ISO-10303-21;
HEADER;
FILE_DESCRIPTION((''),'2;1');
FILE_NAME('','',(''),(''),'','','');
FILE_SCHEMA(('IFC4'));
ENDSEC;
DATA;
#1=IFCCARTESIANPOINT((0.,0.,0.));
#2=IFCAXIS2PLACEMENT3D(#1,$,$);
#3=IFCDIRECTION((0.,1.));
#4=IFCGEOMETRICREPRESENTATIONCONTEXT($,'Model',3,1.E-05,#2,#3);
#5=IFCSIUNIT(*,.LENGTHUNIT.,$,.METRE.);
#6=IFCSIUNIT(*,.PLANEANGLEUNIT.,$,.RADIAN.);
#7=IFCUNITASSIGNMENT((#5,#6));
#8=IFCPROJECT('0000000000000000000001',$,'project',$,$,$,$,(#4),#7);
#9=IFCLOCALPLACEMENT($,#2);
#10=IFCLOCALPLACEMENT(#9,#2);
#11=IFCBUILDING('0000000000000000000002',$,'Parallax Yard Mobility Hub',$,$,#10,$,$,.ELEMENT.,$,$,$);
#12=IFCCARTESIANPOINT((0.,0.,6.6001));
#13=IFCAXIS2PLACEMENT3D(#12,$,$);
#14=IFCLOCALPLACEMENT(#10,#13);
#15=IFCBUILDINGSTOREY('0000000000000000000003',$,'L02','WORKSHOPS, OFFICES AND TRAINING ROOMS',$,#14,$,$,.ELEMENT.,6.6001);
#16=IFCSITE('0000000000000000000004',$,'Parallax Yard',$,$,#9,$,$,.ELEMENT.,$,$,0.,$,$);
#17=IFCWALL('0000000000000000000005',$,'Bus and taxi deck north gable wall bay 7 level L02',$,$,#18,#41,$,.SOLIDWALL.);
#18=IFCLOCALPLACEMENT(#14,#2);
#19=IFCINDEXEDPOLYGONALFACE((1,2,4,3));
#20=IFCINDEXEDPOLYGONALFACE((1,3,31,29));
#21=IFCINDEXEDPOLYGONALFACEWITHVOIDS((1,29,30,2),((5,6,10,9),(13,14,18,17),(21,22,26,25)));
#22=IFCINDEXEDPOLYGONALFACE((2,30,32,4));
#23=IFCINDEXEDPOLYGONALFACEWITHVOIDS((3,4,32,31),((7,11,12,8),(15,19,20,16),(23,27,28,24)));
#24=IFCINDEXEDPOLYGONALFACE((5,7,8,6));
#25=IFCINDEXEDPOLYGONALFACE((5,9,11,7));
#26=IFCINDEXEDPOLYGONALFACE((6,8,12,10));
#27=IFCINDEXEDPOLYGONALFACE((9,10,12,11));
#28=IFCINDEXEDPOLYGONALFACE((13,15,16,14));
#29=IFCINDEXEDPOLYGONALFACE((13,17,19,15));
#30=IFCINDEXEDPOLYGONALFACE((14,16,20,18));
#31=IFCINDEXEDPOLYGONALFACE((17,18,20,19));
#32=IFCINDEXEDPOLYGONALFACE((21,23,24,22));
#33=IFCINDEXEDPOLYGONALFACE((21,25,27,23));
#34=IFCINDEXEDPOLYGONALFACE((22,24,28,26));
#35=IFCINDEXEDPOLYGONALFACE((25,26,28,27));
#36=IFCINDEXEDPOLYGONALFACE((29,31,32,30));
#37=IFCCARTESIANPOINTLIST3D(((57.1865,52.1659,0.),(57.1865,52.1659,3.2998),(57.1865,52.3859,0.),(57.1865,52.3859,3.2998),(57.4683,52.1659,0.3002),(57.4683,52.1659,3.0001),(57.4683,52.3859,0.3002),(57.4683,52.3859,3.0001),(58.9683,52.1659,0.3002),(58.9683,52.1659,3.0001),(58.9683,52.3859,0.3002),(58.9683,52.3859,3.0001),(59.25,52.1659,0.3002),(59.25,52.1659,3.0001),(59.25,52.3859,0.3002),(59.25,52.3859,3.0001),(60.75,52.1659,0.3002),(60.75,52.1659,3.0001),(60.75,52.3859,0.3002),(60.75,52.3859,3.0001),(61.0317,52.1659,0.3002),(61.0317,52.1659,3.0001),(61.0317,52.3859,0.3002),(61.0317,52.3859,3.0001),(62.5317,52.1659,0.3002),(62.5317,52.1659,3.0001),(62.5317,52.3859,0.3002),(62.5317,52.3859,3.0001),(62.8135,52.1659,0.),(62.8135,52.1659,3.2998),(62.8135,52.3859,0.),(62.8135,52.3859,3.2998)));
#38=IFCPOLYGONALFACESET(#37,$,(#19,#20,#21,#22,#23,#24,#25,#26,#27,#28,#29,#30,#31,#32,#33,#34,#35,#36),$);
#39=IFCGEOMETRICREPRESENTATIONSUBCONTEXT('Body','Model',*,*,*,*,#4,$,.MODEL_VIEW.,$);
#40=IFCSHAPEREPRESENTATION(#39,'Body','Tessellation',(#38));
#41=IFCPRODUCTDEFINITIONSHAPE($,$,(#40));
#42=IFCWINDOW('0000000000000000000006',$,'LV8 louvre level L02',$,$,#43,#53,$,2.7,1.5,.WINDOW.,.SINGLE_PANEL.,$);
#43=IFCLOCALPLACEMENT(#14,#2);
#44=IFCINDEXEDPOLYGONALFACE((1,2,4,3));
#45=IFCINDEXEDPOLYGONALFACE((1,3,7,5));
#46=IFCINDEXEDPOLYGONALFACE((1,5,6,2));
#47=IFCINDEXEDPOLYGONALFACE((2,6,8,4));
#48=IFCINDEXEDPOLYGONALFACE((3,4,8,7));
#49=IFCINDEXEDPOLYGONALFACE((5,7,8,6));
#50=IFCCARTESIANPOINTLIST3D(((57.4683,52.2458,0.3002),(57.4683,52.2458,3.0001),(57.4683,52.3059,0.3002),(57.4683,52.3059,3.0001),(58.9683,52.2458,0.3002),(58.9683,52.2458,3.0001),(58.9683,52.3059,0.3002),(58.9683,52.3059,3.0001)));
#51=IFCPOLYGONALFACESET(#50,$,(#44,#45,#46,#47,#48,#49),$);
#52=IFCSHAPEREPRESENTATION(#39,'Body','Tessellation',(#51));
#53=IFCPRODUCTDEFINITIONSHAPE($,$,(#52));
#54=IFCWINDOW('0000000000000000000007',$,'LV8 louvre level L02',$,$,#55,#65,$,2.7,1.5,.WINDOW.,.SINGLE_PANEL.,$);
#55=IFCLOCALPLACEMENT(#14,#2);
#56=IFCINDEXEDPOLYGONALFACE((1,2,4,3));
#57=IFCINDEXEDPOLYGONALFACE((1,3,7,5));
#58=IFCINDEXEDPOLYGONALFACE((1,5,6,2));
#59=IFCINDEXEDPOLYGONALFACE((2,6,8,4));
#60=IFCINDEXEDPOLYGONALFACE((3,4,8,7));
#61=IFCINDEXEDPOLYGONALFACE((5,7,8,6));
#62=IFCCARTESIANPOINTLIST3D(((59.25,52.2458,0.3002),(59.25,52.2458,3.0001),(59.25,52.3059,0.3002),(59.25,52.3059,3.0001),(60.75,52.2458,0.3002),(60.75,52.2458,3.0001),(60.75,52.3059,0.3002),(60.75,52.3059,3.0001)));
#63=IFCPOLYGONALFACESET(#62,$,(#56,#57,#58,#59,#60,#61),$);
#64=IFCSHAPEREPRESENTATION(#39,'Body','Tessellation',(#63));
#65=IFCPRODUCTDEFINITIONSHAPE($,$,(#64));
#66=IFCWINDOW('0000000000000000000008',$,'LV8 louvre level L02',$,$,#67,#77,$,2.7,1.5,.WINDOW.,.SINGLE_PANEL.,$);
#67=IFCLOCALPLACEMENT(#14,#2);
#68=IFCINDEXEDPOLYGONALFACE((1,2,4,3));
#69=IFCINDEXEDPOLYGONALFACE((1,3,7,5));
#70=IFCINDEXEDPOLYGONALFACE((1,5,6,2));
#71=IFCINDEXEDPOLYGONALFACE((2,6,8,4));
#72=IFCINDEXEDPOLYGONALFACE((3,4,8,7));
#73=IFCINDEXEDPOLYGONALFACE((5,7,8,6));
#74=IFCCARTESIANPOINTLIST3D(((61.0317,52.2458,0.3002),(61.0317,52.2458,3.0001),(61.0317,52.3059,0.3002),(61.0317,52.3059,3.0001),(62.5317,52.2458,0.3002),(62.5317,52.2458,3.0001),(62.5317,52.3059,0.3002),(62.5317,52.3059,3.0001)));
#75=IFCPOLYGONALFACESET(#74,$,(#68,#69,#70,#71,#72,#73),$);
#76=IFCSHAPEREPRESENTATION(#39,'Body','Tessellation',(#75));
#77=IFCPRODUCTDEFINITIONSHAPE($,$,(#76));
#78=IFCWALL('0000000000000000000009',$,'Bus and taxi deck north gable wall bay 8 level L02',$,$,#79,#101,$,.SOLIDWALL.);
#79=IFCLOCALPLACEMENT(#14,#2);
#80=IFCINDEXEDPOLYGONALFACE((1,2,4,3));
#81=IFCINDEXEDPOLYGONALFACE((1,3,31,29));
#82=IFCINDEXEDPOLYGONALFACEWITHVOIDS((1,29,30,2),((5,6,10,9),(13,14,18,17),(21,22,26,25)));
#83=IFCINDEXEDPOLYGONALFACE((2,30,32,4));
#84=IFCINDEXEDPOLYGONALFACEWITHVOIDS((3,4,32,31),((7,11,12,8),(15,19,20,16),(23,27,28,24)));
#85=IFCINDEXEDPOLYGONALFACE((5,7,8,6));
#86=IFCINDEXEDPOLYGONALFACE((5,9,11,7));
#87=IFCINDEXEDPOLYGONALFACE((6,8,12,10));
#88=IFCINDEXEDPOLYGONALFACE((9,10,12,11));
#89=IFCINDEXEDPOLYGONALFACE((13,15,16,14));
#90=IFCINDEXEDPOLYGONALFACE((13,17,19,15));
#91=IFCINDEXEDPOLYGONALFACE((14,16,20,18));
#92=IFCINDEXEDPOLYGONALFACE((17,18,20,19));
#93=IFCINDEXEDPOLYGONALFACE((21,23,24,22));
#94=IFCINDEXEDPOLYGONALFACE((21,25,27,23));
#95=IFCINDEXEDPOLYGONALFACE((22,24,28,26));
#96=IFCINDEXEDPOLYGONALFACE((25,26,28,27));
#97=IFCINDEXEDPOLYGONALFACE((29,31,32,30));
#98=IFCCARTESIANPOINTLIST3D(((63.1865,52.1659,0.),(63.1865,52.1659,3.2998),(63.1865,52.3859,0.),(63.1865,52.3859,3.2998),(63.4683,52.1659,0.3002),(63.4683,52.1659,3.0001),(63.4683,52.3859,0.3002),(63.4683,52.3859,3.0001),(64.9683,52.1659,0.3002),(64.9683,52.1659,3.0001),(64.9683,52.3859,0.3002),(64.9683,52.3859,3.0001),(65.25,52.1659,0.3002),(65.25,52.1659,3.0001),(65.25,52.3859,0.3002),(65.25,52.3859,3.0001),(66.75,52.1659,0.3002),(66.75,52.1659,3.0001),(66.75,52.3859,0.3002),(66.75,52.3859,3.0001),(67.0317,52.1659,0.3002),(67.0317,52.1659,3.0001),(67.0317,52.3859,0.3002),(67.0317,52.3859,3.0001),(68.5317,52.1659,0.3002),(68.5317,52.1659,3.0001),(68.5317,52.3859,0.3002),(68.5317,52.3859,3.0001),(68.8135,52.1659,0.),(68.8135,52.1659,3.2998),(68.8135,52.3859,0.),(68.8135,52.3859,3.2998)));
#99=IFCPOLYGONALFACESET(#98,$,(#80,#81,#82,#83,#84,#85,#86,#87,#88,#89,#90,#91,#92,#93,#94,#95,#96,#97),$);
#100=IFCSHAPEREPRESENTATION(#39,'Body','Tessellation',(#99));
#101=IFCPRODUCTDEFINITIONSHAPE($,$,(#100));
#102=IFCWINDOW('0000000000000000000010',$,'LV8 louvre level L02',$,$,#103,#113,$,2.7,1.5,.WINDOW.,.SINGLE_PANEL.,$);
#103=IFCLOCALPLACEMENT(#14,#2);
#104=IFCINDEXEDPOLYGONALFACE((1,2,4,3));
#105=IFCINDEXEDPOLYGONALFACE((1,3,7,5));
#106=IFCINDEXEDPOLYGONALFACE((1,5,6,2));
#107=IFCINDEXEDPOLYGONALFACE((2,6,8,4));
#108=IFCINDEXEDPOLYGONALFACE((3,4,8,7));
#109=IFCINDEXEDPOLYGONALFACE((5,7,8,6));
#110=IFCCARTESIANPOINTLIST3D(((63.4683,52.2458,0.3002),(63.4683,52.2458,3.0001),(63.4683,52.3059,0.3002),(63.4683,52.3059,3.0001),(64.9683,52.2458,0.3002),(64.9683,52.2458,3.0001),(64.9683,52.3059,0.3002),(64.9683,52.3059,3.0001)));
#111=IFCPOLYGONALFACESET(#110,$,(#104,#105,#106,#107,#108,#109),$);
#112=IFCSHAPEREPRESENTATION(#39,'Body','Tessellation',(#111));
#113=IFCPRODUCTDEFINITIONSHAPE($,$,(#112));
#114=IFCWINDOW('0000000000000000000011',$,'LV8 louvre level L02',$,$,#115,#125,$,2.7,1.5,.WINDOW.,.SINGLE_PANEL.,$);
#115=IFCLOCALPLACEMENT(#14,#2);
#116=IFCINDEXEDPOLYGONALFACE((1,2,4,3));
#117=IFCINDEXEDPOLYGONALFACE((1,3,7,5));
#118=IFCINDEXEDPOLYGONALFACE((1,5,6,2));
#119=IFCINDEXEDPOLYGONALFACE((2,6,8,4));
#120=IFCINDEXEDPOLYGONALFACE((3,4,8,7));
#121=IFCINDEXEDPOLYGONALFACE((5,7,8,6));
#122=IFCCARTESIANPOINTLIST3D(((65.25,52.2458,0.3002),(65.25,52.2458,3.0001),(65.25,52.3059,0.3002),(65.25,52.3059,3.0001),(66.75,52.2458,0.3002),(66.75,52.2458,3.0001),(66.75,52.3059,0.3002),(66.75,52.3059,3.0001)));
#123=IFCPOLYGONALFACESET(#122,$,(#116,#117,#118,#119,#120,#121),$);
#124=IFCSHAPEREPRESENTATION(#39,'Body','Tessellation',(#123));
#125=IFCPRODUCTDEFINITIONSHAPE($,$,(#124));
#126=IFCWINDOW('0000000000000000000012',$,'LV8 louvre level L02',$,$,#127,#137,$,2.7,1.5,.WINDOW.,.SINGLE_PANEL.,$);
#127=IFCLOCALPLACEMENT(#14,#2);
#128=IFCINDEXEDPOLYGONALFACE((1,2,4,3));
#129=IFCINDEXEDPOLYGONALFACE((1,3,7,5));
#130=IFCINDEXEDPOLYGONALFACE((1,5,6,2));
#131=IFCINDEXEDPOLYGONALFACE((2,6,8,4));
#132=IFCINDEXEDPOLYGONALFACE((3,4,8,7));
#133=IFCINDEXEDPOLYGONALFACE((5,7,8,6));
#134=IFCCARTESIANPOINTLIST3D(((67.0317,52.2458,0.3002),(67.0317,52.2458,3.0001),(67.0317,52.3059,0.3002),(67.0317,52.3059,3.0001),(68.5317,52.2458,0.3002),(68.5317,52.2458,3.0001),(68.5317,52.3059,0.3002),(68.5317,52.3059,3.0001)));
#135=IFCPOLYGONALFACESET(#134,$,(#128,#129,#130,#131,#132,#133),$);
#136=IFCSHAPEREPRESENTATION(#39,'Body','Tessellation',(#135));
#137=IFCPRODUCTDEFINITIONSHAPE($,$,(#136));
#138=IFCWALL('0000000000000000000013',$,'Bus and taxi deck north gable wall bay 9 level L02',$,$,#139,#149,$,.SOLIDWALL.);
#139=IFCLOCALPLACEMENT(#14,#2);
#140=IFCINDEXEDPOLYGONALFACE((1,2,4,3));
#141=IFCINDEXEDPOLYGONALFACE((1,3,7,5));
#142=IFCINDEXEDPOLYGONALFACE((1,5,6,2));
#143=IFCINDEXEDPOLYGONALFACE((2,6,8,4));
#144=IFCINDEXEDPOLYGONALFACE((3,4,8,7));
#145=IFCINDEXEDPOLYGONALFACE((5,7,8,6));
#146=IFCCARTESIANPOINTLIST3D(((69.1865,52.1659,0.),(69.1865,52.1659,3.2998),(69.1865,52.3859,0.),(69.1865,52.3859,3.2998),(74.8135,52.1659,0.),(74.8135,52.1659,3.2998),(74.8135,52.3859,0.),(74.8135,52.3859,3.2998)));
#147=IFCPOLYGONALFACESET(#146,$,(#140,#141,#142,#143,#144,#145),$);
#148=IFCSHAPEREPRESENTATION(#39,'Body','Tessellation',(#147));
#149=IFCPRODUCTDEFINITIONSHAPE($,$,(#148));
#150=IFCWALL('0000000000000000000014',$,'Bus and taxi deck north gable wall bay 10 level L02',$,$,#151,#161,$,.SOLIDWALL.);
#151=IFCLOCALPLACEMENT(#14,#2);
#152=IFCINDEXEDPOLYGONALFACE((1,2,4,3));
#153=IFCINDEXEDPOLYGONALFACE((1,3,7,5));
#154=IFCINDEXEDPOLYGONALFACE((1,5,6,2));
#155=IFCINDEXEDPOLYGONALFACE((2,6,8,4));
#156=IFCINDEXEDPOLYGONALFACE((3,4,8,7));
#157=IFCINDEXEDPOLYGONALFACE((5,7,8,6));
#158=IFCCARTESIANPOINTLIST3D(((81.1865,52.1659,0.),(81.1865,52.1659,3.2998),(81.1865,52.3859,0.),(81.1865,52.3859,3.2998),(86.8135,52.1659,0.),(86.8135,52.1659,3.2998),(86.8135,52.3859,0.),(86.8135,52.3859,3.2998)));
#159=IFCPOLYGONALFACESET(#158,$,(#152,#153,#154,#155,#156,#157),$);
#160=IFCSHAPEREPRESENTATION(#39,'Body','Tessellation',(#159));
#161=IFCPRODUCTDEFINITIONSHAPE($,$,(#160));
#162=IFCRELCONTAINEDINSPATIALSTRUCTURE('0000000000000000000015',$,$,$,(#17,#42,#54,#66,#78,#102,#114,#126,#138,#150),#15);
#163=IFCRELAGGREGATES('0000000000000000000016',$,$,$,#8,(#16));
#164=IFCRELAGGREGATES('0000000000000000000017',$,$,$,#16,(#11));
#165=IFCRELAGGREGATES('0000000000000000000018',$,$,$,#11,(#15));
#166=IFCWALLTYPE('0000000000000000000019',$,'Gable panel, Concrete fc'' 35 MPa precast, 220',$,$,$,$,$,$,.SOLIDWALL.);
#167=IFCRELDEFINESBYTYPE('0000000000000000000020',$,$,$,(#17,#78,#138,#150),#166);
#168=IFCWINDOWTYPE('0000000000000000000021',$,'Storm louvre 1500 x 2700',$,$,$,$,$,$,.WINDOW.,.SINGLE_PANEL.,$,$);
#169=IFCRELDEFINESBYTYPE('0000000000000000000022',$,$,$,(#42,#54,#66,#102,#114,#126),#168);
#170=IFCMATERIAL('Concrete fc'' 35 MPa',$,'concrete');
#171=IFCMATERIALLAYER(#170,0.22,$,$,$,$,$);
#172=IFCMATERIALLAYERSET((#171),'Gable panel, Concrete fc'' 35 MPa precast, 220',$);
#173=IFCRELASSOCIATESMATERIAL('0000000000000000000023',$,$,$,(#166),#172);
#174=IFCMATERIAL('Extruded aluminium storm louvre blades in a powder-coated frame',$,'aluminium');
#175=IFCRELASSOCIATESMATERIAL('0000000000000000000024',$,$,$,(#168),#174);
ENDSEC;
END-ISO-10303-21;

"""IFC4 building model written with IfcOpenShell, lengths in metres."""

from ifc_helpers import new_model, si_unit, direction, frame, frame_2d, origin, place, context, subcontext, project, spatial, rectangle, extrude, material, layer, layer_set, type_object, element, fill, save


model = new_model("IFC4")

# Units and contexts
model_context = context("Model", 3, precision=1e-05, world=origin(), true_north=direction((0.0, 1.0)))
body_context = subcontext(model_context, "Body", "Model", "MODEL_VIEW")
ifc_project = project(units=[si_unit("LENGTHUNIT", "METRE"), si_unit("PLANEANGLEUNIT", "RADIAN")], contexts=[model_context])

# Site, building, storey
site_placement = place(None, origin())
site = spatial("IfcSite", under=ifc_project, at=site_placement, Name="Parallax Yard", CompositionType="ELEMENT", RefElevation=0.0)
building_placement = place(site_placement, origin())
building = spatial("IfcBuilding", under=site, at=building_placement, Name="Parallax Yard Mobility Hub", CompositionType="ELEMENT")
storey_placement = place(building_placement, frame((0.0, 0.0, 6.6001)))
storey = spatial("IfcBuildingStorey", under=building, at=storey_placement, Name="L02", Description="WORKSHOPS, OFFICES AND TRAINING ROOMS", CompositionType="ELEMENT", Elevation=6.6001)

# Walls, openings, windows
ifc_material_1 = material(Name="Concrete fc' 35 MPa", Category="concrete")
ifc_layer_1 = layer(ifc_material_1, 0.22)
ifc_layer_set_1 = layer_set([ifc_layer_1], Name="Gable panel, Concrete fc' 35 MPa precast, 220")
wall_type = type_object("IfcWallType", Name="Gable panel, Concrete fc' 35 MPa precast, 220", PredefinedType="SOLIDWALL", material=ifc_layer_set_1)
wall_1_placement = place(storey_placement, frame((57.1865, 52.2759, 0.0), z_axis=(0.0, 0.0, 1.0), x_axis=(1.0, 0.0, 0.0)))
wall_1 = element("IfcWall", 1, at=wall_1_placement, inside=storey, type_object=wall_type, Name="Bus and taxi deck north gable wall bay 7 level L02", PredefinedType="SOLIDWALL", context=body_context, shape_type="SweptSolid", body=[
    extrude(rectangle(XDim=5.627, YDim=0.22, at=frame_2d((2.8135, 0.0))), origin(), (0.0, 0.0, 1.0), 3.2998),
])
opening_1_placement = place(wall_1_placement, frame((0.2817, 0.0, 0.3)))
opening_1 = element("IfcOpeningElement", 2, at=opening_1_placement, cuts=wall_1, PredefinedType="OPENING", context=body_context, shape_type="SweptSolid", body=[
    extrude(rectangle(XDim=1.5, YDim=2.7, at=frame_2d((0.75, 1.3501))), frame((0.0, 0.1201, 0.0), z_axis=(0.0, -1.0, 0.0), x_axis=(1.0, 0.0, 0.0)), (0.0, 0.0, 1.0), 0.24),
])
opening_2_placement = place(wall_1_placement, frame((2.0635, 0.0, 0.3)))
opening_2 = element("IfcOpeningElement", 3, at=opening_2_placement, cuts=wall_1, PredefinedType="OPENING", context=body_context, shape_type="SweptSolid", body=[
    extrude(rectangle(XDim=1.5, YDim=2.7, at=frame_2d((0.75, 1.3501))), frame((0.0, 0.1201, 0.0), z_axis=(0.0, -1.0, 0.0), x_axis=(1.0, 0.0, 0.0)), (0.0, 0.0, 1.0), 0.24),
])
opening_3_placement = place(wall_1_placement, frame((3.8452, 0.0, 0.3)))
opening_3 = element("IfcOpeningElement", 4, at=opening_3_placement, cuts=wall_1, PredefinedType="OPENING", context=body_context, shape_type="SweptSolid", body=[
    extrude(rectangle(XDim=1.5, YDim=2.7, at=frame_2d((0.75, 1.3501))), frame((0.0, 0.1201, 0.0), z_axis=(0.0, -1.0, 0.0), x_axis=(1.0, 0.0, 0.0)), (0.0, 0.0, 1.0), 0.24),
])
ifc_material_2 = material(Name="Extruded aluminium storm louvre blades in a powder-coated frame", Category="aluminium")
window_type = type_object("IfcWindowType", Name="Storm louvre 1500 x 2700", PartitioningType="SINGLE_PANEL", PredefinedType="WINDOW", material=ifc_material_2)
window_1_placement = place(opening_1_placement, origin())
window_1 = element("IfcWindow", 5, at=window_1_placement, inside=storey, type_object=window_type, Name="LV8 louvre level L02", OverallHeight=2.7, OverallWidth=1.5, PartitioningType="SINGLE_PANEL", PredefinedType="WINDOW", context=body_context, shape_type="SweptSolid", body=[
    extrude(rectangle(XDim=1.5, YDim=2.7, at=frame_2d((0.75, 1.3501))), frame((0.0, 0.03, 0.0), z_axis=(0.0, -1.0, 0.0), x_axis=(1.0, 0.0, 0.0)), (0.0, 0.0, 1.0), 0.0601),
])
fill(opening_1, window_1)
window_2_placement = place(opening_2_placement, origin())
window_2 = element("IfcWindow", 6, at=window_2_placement, inside=storey, type_object=window_type, Name="LV8 louvre level L02", OverallHeight=2.7, OverallWidth=1.5, PartitioningType="SINGLE_PANEL", PredefinedType="WINDOW", context=body_context, shape_type="SweptSolid", body=[
    extrude(rectangle(XDim=1.5, YDim=2.7, at=frame_2d((0.75, 1.3501))), frame((0.0, 0.03, 0.0), z_axis=(0.0, -1.0, 0.0), x_axis=(1.0, 0.0, 0.0)), (0.0, 0.0, 1.0), 0.0601),
])
fill(opening_2, window_2)
window_3_placement = place(opening_3_placement, origin())
window_3 = element("IfcWindow", 7, at=window_3_placement, inside=storey, type_object=window_type, Name="LV8 louvre level L02", OverallHeight=2.7, OverallWidth=1.5, PartitioningType="SINGLE_PANEL", PredefinedType="WINDOW", context=body_context, shape_type="SweptSolid", body=[
    extrude(rectangle(XDim=1.5, YDim=2.7, at=frame_2d((0.75, 1.3501))), frame((0.0, 0.03, 0.0), z_axis=(0.0, -1.0, 0.0), x_axis=(1.0, 0.0, 0.0)), (0.0, 0.0, 1.0), 0.0601),
])
fill(opening_3, window_3)
wall_2_placement = place(storey_placement, frame((63.1865, 52.2759, 0.0), z_axis=(0.0, 0.0, 1.0), x_axis=(1.0, 0.0, 0.0)))
wall_2 = element("IfcWall", 8, at=wall_2_placement, inside=storey, type_object=wall_type, Name="Bus and taxi deck north gable wall bay 8 level L02", PredefinedType="SOLIDWALL", context=body_context, shape_type="SweptSolid", body=[
    extrude(rectangle(XDim=5.627, YDim=0.22, at=frame_2d((2.8135, 0.0))), origin(), (0.0, 0.0, 1.0), 3.2998),
])
opening_4_placement = place(wall_2_placement, frame((0.2817, 0.0, 0.3)))
opening_4 = element("IfcOpeningElement", 9, at=opening_4_placement, cuts=wall_2, PredefinedType="OPENING", context=body_context, shape_type="SweptSolid", body=[
    extrude(rectangle(XDim=1.5, YDim=2.7, at=frame_2d((0.75, 1.3501))), frame((0.0, 0.1201, 0.0), z_axis=(0.0, -1.0, 0.0), x_axis=(1.0, 0.0, 0.0)), (0.0, 0.0, 1.0), 0.24),
])
opening_5_placement = place(wall_2_placement, frame((2.0635, 0.0, 0.3)))
opening_5 = element("IfcOpeningElement", 10, at=opening_5_placement, cuts=wall_2, PredefinedType="OPENING", context=body_context, shape_type="SweptSolid", body=[
    extrude(rectangle(XDim=1.5, YDim=2.7, at=frame_2d((0.75, 1.3501))), frame((0.0, 0.1201, 0.0), z_axis=(0.0, -1.0, 0.0), x_axis=(1.0, 0.0, 0.0)), (0.0, 0.0, 1.0), 0.24),
])
opening_6_placement = place(wall_2_placement, frame((3.8452, 0.0, 0.3)))
opening_6 = element("IfcOpeningElement", 11, at=opening_6_placement, cuts=wall_2, PredefinedType="OPENING", context=body_context, shape_type="SweptSolid", body=[
    extrude(rectangle(XDim=1.5, YDim=2.7, at=frame_2d((0.75, 1.3501))), frame((0.0, 0.1201, 0.0), z_axis=(0.0, -1.0, 0.0), x_axis=(1.0, 0.0, 0.0)), (0.0, 0.0, 1.0), 0.24),
])
window_4_placement = place(opening_4_placement, origin())
window_4 = element("IfcWindow", 12, at=window_4_placement, inside=storey, type_object=window_type, Name="LV8 louvre level L02", OverallHeight=2.7, OverallWidth=1.5, PartitioningType="SINGLE_PANEL", PredefinedType="WINDOW", context=body_context, shape_type="SweptSolid", body=[
    extrude(rectangle(XDim=1.5, YDim=2.7, at=frame_2d((0.75, 1.3501))), frame((0.0, 0.03, 0.0), z_axis=(0.0, -1.0, 0.0), x_axis=(1.0, 0.0, 0.0)), (0.0, 0.0, 1.0), 0.0601),
])
fill(opening_4, window_4)
window_5_placement = place(opening_5_placement, origin())
window_5 = element("IfcWindow", 13, at=window_5_placement, inside=storey, type_object=window_type, Name="LV8 louvre level L02", OverallHeight=2.7, OverallWidth=1.5, PartitioningType="SINGLE_PANEL", PredefinedType="WINDOW", context=body_context, shape_type="SweptSolid", body=[
    extrude(rectangle(XDim=1.5, YDim=2.7, at=frame_2d((0.75, 1.3501))), frame((0.0, 0.03, 0.0), z_axis=(0.0, -1.0, 0.0), x_axis=(1.0, 0.0, 0.0)), (0.0, 0.0, 1.0), 0.0601),
])
fill(opening_5, window_5)
window_6_placement = place(opening_6_placement, origin())
window_6 = element("IfcWindow", 14, at=window_6_placement, inside=storey, type_object=window_type, Name="LV8 louvre level L02", OverallHeight=2.7, OverallWidth=1.5, PartitioningType="SINGLE_PANEL", PredefinedType="WINDOW", context=body_context, shape_type="SweptSolid", body=[
    extrude(rectangle(XDim=1.5, YDim=2.7, at=frame_2d((0.75, 1.3501))), frame((0.0, 0.03, 0.0), z_axis=(0.0, -1.0, 0.0), x_axis=(1.0, 0.0, 0.0)), (0.0, 0.0, 1.0), 0.0601),
])
fill(opening_6, window_6)

# Walls
for number, where, z_axis, x_axis, name in (
    (15, (69.1865, 52.2759, 0.0), (0.0, 0.0, 1.0), (1.0, 0.0, 0.0), "Bus and taxi deck north gable wall bay 9 level L02"),
    (16, (81.1865, 52.2759, 0.0), (0.0, 0.0, 1.0), (1.0, 0.0, 0.0), "Bus and taxi deck north gable wall bay 10 level L02"),
):
    element("IfcWall", number, at=place(storey_placement, frame(where, z_axis=z_axis, x_axis=x_axis)), inside=storey, type_object=wall_type, Name=name, PredefinedType="SOLIDWALL", context=body_context, shape_type="SweptSolid", body=[
        extrude(rectangle(XDim=5.627, YDim=0.22, at=frame_2d((2.8135, 0.0))), origin(), (0.0, 0.0, 1.0), 3.2998),
    ])

save(model, "model.ifc")
